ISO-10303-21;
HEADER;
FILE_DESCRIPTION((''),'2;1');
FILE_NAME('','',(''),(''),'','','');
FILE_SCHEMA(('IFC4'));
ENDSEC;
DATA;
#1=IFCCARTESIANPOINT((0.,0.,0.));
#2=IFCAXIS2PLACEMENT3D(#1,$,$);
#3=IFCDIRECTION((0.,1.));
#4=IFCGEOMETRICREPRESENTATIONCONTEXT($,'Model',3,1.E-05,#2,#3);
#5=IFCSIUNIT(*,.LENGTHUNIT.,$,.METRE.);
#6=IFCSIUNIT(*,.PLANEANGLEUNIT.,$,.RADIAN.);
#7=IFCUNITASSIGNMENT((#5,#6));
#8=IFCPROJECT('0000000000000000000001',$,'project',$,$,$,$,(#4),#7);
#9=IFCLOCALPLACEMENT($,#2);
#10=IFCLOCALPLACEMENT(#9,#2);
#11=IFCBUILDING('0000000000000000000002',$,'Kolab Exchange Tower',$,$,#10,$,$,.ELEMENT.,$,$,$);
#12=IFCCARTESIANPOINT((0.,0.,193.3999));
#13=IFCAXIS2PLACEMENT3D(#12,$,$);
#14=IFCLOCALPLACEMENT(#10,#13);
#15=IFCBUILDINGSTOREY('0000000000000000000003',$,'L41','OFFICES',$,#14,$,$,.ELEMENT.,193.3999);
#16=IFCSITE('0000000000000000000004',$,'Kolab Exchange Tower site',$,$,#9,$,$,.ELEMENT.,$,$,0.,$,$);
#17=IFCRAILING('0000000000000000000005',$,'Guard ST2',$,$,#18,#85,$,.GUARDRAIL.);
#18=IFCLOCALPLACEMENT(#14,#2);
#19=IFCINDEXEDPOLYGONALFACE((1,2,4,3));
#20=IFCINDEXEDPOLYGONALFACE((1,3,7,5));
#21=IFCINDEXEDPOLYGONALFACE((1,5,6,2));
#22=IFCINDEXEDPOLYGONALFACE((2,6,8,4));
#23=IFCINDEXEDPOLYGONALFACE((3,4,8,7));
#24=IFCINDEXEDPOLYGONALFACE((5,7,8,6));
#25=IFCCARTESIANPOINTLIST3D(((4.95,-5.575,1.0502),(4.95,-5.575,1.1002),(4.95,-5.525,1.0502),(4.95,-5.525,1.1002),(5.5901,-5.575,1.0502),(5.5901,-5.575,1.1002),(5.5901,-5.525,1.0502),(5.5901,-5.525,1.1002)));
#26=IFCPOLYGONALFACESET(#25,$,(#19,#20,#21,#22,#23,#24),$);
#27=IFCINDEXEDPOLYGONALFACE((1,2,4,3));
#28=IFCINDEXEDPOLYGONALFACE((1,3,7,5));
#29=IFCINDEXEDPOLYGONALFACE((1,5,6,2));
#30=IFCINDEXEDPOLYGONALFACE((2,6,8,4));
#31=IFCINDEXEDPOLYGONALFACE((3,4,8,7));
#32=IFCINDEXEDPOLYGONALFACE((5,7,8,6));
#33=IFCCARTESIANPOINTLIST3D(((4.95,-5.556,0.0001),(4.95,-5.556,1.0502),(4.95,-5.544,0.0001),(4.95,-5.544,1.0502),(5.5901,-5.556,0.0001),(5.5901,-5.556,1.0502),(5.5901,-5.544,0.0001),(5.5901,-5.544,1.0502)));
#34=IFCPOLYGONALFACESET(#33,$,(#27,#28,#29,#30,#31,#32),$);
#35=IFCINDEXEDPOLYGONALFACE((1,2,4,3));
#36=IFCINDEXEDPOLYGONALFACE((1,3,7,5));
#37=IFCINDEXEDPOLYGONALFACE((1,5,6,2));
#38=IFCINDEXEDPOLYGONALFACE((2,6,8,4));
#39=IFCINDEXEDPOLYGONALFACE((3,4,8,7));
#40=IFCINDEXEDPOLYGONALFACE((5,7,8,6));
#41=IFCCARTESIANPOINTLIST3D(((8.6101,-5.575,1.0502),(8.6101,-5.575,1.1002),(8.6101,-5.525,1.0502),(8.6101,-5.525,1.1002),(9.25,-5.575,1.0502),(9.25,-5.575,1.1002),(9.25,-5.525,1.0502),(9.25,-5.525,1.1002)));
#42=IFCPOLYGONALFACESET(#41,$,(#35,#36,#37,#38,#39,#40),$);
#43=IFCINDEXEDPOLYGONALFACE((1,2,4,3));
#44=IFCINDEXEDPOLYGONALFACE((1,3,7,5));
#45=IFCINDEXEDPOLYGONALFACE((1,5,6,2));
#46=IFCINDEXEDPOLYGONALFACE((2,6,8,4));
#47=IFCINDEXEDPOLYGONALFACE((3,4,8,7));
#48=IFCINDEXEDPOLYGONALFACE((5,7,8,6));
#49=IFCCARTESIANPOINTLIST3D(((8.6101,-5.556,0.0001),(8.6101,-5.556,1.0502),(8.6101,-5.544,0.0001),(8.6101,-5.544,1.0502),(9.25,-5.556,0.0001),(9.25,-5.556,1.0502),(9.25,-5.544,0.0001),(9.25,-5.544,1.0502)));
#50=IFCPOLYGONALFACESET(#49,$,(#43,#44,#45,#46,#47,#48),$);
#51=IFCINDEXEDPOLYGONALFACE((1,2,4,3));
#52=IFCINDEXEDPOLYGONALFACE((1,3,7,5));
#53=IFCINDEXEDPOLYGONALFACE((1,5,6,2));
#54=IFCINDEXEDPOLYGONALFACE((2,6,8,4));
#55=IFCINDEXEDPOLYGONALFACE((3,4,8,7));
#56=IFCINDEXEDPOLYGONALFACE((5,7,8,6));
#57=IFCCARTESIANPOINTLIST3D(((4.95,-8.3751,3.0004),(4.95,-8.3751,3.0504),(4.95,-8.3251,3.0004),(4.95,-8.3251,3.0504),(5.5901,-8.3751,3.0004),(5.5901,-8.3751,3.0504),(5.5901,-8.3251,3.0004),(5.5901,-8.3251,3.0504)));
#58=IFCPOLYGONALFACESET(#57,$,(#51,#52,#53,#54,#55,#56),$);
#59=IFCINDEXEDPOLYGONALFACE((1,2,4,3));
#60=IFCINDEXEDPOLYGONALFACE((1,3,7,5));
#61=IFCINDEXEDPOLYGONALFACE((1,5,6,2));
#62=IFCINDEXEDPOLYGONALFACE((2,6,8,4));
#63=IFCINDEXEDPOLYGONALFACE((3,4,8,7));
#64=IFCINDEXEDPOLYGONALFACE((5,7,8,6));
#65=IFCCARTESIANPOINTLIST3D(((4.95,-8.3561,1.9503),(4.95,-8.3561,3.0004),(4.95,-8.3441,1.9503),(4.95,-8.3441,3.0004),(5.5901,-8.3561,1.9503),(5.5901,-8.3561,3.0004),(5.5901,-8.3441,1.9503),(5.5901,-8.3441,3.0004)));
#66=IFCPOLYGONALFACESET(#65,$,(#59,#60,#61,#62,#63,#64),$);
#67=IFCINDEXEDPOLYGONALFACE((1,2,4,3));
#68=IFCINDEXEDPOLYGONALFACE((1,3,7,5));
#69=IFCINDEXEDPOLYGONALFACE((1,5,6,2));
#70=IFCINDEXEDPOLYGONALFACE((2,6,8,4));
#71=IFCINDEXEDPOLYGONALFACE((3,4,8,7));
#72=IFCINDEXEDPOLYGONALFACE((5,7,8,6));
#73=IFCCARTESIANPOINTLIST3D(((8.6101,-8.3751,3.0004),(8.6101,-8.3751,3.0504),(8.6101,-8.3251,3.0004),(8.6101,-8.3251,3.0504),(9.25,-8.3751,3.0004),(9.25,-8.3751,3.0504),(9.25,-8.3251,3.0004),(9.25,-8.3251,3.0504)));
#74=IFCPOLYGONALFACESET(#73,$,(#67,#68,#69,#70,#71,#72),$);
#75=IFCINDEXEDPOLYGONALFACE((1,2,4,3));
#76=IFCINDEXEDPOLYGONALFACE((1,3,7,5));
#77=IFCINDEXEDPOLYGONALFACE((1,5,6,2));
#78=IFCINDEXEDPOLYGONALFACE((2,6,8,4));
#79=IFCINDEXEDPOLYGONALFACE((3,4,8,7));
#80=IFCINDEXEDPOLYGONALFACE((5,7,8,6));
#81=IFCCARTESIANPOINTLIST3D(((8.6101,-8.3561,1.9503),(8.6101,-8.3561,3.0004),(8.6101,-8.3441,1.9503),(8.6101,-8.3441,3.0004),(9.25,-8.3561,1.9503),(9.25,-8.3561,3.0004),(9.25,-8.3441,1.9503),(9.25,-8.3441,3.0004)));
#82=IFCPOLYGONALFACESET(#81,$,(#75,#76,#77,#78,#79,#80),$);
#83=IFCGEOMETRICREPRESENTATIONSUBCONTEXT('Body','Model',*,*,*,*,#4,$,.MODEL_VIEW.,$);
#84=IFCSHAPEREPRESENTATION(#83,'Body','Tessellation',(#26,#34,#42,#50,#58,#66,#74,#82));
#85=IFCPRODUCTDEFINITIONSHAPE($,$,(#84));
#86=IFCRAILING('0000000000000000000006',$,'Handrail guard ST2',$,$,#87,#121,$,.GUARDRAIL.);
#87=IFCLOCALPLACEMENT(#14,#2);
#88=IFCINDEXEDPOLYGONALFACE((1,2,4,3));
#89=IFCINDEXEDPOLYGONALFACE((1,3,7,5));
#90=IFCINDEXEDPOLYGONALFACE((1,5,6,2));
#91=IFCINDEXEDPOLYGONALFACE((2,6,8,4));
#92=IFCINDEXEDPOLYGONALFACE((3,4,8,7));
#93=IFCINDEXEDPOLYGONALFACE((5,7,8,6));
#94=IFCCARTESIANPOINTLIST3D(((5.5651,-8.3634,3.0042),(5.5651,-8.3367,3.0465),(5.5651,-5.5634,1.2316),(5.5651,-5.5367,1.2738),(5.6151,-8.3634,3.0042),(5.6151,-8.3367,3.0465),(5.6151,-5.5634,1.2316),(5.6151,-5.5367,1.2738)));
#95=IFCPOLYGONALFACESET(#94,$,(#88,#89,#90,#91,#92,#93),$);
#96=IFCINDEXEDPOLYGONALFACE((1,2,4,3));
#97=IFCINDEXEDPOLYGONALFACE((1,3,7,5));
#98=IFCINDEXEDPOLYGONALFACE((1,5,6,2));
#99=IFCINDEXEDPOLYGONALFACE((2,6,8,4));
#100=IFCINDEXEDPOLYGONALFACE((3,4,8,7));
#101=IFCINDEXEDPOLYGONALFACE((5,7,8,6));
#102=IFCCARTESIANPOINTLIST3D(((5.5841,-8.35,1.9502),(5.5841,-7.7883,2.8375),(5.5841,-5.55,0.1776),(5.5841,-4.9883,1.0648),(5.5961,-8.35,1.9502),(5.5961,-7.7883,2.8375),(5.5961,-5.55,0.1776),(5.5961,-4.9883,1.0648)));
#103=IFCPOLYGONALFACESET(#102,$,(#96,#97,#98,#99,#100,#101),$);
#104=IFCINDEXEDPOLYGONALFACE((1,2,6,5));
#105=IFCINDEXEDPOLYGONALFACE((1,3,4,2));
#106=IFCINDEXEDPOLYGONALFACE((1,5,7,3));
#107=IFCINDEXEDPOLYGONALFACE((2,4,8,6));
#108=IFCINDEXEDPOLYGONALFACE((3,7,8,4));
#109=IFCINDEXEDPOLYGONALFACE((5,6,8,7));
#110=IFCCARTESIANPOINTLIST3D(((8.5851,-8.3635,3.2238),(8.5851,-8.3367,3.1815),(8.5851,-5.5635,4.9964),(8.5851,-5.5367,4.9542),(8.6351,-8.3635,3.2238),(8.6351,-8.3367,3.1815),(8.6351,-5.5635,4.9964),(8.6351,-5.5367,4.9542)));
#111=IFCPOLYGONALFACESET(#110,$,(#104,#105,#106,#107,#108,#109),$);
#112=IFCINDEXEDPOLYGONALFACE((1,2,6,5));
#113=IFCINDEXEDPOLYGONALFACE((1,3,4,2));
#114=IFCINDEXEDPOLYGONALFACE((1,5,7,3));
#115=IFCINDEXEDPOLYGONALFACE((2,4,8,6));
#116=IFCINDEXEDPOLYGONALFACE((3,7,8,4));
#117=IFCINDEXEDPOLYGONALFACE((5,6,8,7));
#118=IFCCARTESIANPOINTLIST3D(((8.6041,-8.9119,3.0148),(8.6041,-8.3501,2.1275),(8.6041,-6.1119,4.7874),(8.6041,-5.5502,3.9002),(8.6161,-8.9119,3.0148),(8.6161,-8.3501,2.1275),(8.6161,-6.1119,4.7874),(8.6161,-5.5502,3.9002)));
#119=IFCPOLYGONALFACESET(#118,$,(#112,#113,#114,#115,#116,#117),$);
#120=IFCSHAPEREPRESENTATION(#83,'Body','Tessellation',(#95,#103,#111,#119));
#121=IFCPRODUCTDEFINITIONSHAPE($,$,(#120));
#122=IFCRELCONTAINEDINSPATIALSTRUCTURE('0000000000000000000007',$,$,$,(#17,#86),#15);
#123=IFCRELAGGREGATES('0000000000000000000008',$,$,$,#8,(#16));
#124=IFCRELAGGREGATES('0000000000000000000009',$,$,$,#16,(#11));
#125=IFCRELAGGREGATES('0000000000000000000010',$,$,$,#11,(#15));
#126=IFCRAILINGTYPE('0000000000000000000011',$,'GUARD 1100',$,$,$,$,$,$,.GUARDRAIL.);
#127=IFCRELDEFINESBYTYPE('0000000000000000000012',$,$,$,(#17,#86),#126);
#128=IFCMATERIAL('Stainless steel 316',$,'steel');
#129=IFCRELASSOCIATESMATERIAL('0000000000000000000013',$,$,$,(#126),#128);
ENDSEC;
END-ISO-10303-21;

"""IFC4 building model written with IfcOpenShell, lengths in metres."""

from ifc_helpers import new_model, si_unit, direction, frame, frame_2d, origin, origin_2d, place, context, subcontext, project, spatial, rectangle, extrude, material, type_object, element, save


model = new_model("IFC4")

# Units and contexts
model_context = context("Model", 3, precision=1e-05, world=origin(), true_north=direction((0.0, 1.0)))
body_context = subcontext(model_context, "Body", "Model", "MODEL_VIEW")
ifc_project = project(units=[si_unit("LENGTHUNIT", "METRE"), si_unit("PLANEANGLEUNIT", "RADIAN")], contexts=[model_context])

# Site, building, storey
site_placement = place(None, origin())
site = spatial("IfcSite", under=ifc_project, at=site_placement, Name="Kolab Exchange Tower site", CompositionType="ELEMENT", RefElevation=0.0)
building_placement = place(site_placement, origin())
building = spatial("IfcBuilding", under=site, at=building_placement, Name="Kolab Exchange Tower", CompositionType="ELEMENT")
storey_placement = place(building_placement, frame((0.0, 0.0, 193.3999)))
storey = spatial("IfcBuildingStorey", under=building, at=storey_placement, Name="L41", Description="OFFICES", CompositionType="ELEMENT", Elevation=193.3999)

# Shared definitions
ifc_material_1 = material(Name="Stainless steel 316", Category="steel")

# Railings
railing_type = type_object("IfcRailingType", Name="GUARD 1100", PredefinedType="GUARDRAIL", material=ifc_material_1)
railing_1_placement = place(storey_placement, frame((4.95, -5.55, 0.0)))
element("IfcRailing", 1, at=railing_1_placement, inside=storey, type_object=railing_type, Name="Guard ST2", PredefinedType="GUARDRAIL", context=body_context, shape_type="SweptSolid", body=[
    extrude(rectangle(XDim=0.05, YDim=0.05, at=origin_2d()), frame((0.0, 0.0, 1.0752), z_axis=(1.0, 0.0, 0.0), x_axis=(0.0, 1.0, 0.0)), (0.0, 0.0, 1.0), 0.6401),
    extrude(rectangle(XDim=0.012, YDim=1.0501, at=frame_2d((0.0, 0.5251))), frame((0.0, 0.0, 0.0), z_axis=(1.0, 0.0, 0.0), x_axis=(0.0, 1.0, 0.0)), (0.0, 0.0, 1.0), 0.6401),
    extrude(rectangle(XDim=0.05, YDim=0.05, at=origin_2d()), frame((3.6602, 0.0, 1.0752), z_axis=(1.0, 0.0, 0.0), x_axis=(0.0, 1.0, 0.0)), (0.0, 0.0, 1.0), 0.6399),
    extrude(rectangle(XDim=0.012, YDim=1.0501, at=frame_2d((0.0, 0.5251))), frame((3.6602, 0.0, 0.0), z_axis=(1.0, 0.0, 0.0), x_axis=(0.0, 1.0, 0.0)), (0.0, 0.0, 1.0), 0.6399),
    extrude(rectangle(XDim=0.05, YDim=0.05, at=origin_2d()), frame((0.0, -2.8, 3.0254), z_axis=(1.0, 0.0, 0.0), x_axis=(0.0, 1.0, 0.0)), (0.0, 0.0, 1.0), 0.6401),
    extrude(rectangle(XDim=0.012, YDim=1.0501, at=frame_2d((0.0, 0.5251))), frame((0.0, -2.8, 1.9502), z_axis=(1.0, 0.0, 0.0), x_axis=(0.0, 1.0, 0.0)), (0.0, 0.0, 1.0), 0.6401),
    extrude(rectangle(XDim=0.05, YDim=0.05, at=origin_2d()), frame((3.6602, -2.8, 3.0254), z_axis=(1.0, 0.0, 0.0), x_axis=(0.0, 1.0, 0.0)), (0.0, 0.0, 1.0), 0.6399),
    extrude(rectangle(XDim=0.012, YDim=1.0501, at=frame_2d((0.0, 0.5251))), frame((3.6602, -2.8, 1.9502), z_axis=(1.0, 0.0, 0.0), x_axis=(0.0, 1.0, 0.0)), (0.0, 0.0, 1.0), 0.6399),
])
railing_2_placement = place(storey_placement, frame((5.5901, -5.55, 0.1775)))
element("IfcRailing", 2, at=railing_2_placement, inside=storey, type_object=railing_type, Name="Handrail guard ST2", PredefinedType="GUARDRAIL", context=body_context, shape_type="SweptSolid", body=[
    extrude(rectangle(XDim=0.05, YDim=0.05, at=origin_2d()), frame((0.0, 0.0, 1.0752), z_axis=(0.0, -0.844909, 0.53491), x_axis=(1.0, 0.0, 0.0)), (0.0, 0.0, 1.0), 3.314),
    extrude(rectangle(XDim=0.012, YDim=1.0501, at=frame_2d((0.0, 0.5251))), frame((0.0, 0.0, 0.0), z_axis=(0.0, -0.844909, 0.53491), x_axis=(1.0, 0.0, 0.0)), (0.0, 0.0, 1.0), 3.314),
    extrude(rectangle(XDim=0.05, YDim=0.05, at=origin_2d()), frame((3.02, -2.8, 3.0251), z_axis=(0.0, 0.844909, 0.53491), x_axis=(-1.0, 0.0, 0.0)), (0.0, 0.0, 1.0), 3.314),
    extrude(rectangle(XDim=0.012, YDim=1.0501, at=frame_2d((0.0, 0.5251))), frame((3.02, -2.8, 1.95), z_axis=(0.0, 0.844909, 0.53491), x_axis=(-1.0, 0.0, 0.0)), (0.0, 0.0, 1.0), 3.314),
])

save(model, "model.ifc")
